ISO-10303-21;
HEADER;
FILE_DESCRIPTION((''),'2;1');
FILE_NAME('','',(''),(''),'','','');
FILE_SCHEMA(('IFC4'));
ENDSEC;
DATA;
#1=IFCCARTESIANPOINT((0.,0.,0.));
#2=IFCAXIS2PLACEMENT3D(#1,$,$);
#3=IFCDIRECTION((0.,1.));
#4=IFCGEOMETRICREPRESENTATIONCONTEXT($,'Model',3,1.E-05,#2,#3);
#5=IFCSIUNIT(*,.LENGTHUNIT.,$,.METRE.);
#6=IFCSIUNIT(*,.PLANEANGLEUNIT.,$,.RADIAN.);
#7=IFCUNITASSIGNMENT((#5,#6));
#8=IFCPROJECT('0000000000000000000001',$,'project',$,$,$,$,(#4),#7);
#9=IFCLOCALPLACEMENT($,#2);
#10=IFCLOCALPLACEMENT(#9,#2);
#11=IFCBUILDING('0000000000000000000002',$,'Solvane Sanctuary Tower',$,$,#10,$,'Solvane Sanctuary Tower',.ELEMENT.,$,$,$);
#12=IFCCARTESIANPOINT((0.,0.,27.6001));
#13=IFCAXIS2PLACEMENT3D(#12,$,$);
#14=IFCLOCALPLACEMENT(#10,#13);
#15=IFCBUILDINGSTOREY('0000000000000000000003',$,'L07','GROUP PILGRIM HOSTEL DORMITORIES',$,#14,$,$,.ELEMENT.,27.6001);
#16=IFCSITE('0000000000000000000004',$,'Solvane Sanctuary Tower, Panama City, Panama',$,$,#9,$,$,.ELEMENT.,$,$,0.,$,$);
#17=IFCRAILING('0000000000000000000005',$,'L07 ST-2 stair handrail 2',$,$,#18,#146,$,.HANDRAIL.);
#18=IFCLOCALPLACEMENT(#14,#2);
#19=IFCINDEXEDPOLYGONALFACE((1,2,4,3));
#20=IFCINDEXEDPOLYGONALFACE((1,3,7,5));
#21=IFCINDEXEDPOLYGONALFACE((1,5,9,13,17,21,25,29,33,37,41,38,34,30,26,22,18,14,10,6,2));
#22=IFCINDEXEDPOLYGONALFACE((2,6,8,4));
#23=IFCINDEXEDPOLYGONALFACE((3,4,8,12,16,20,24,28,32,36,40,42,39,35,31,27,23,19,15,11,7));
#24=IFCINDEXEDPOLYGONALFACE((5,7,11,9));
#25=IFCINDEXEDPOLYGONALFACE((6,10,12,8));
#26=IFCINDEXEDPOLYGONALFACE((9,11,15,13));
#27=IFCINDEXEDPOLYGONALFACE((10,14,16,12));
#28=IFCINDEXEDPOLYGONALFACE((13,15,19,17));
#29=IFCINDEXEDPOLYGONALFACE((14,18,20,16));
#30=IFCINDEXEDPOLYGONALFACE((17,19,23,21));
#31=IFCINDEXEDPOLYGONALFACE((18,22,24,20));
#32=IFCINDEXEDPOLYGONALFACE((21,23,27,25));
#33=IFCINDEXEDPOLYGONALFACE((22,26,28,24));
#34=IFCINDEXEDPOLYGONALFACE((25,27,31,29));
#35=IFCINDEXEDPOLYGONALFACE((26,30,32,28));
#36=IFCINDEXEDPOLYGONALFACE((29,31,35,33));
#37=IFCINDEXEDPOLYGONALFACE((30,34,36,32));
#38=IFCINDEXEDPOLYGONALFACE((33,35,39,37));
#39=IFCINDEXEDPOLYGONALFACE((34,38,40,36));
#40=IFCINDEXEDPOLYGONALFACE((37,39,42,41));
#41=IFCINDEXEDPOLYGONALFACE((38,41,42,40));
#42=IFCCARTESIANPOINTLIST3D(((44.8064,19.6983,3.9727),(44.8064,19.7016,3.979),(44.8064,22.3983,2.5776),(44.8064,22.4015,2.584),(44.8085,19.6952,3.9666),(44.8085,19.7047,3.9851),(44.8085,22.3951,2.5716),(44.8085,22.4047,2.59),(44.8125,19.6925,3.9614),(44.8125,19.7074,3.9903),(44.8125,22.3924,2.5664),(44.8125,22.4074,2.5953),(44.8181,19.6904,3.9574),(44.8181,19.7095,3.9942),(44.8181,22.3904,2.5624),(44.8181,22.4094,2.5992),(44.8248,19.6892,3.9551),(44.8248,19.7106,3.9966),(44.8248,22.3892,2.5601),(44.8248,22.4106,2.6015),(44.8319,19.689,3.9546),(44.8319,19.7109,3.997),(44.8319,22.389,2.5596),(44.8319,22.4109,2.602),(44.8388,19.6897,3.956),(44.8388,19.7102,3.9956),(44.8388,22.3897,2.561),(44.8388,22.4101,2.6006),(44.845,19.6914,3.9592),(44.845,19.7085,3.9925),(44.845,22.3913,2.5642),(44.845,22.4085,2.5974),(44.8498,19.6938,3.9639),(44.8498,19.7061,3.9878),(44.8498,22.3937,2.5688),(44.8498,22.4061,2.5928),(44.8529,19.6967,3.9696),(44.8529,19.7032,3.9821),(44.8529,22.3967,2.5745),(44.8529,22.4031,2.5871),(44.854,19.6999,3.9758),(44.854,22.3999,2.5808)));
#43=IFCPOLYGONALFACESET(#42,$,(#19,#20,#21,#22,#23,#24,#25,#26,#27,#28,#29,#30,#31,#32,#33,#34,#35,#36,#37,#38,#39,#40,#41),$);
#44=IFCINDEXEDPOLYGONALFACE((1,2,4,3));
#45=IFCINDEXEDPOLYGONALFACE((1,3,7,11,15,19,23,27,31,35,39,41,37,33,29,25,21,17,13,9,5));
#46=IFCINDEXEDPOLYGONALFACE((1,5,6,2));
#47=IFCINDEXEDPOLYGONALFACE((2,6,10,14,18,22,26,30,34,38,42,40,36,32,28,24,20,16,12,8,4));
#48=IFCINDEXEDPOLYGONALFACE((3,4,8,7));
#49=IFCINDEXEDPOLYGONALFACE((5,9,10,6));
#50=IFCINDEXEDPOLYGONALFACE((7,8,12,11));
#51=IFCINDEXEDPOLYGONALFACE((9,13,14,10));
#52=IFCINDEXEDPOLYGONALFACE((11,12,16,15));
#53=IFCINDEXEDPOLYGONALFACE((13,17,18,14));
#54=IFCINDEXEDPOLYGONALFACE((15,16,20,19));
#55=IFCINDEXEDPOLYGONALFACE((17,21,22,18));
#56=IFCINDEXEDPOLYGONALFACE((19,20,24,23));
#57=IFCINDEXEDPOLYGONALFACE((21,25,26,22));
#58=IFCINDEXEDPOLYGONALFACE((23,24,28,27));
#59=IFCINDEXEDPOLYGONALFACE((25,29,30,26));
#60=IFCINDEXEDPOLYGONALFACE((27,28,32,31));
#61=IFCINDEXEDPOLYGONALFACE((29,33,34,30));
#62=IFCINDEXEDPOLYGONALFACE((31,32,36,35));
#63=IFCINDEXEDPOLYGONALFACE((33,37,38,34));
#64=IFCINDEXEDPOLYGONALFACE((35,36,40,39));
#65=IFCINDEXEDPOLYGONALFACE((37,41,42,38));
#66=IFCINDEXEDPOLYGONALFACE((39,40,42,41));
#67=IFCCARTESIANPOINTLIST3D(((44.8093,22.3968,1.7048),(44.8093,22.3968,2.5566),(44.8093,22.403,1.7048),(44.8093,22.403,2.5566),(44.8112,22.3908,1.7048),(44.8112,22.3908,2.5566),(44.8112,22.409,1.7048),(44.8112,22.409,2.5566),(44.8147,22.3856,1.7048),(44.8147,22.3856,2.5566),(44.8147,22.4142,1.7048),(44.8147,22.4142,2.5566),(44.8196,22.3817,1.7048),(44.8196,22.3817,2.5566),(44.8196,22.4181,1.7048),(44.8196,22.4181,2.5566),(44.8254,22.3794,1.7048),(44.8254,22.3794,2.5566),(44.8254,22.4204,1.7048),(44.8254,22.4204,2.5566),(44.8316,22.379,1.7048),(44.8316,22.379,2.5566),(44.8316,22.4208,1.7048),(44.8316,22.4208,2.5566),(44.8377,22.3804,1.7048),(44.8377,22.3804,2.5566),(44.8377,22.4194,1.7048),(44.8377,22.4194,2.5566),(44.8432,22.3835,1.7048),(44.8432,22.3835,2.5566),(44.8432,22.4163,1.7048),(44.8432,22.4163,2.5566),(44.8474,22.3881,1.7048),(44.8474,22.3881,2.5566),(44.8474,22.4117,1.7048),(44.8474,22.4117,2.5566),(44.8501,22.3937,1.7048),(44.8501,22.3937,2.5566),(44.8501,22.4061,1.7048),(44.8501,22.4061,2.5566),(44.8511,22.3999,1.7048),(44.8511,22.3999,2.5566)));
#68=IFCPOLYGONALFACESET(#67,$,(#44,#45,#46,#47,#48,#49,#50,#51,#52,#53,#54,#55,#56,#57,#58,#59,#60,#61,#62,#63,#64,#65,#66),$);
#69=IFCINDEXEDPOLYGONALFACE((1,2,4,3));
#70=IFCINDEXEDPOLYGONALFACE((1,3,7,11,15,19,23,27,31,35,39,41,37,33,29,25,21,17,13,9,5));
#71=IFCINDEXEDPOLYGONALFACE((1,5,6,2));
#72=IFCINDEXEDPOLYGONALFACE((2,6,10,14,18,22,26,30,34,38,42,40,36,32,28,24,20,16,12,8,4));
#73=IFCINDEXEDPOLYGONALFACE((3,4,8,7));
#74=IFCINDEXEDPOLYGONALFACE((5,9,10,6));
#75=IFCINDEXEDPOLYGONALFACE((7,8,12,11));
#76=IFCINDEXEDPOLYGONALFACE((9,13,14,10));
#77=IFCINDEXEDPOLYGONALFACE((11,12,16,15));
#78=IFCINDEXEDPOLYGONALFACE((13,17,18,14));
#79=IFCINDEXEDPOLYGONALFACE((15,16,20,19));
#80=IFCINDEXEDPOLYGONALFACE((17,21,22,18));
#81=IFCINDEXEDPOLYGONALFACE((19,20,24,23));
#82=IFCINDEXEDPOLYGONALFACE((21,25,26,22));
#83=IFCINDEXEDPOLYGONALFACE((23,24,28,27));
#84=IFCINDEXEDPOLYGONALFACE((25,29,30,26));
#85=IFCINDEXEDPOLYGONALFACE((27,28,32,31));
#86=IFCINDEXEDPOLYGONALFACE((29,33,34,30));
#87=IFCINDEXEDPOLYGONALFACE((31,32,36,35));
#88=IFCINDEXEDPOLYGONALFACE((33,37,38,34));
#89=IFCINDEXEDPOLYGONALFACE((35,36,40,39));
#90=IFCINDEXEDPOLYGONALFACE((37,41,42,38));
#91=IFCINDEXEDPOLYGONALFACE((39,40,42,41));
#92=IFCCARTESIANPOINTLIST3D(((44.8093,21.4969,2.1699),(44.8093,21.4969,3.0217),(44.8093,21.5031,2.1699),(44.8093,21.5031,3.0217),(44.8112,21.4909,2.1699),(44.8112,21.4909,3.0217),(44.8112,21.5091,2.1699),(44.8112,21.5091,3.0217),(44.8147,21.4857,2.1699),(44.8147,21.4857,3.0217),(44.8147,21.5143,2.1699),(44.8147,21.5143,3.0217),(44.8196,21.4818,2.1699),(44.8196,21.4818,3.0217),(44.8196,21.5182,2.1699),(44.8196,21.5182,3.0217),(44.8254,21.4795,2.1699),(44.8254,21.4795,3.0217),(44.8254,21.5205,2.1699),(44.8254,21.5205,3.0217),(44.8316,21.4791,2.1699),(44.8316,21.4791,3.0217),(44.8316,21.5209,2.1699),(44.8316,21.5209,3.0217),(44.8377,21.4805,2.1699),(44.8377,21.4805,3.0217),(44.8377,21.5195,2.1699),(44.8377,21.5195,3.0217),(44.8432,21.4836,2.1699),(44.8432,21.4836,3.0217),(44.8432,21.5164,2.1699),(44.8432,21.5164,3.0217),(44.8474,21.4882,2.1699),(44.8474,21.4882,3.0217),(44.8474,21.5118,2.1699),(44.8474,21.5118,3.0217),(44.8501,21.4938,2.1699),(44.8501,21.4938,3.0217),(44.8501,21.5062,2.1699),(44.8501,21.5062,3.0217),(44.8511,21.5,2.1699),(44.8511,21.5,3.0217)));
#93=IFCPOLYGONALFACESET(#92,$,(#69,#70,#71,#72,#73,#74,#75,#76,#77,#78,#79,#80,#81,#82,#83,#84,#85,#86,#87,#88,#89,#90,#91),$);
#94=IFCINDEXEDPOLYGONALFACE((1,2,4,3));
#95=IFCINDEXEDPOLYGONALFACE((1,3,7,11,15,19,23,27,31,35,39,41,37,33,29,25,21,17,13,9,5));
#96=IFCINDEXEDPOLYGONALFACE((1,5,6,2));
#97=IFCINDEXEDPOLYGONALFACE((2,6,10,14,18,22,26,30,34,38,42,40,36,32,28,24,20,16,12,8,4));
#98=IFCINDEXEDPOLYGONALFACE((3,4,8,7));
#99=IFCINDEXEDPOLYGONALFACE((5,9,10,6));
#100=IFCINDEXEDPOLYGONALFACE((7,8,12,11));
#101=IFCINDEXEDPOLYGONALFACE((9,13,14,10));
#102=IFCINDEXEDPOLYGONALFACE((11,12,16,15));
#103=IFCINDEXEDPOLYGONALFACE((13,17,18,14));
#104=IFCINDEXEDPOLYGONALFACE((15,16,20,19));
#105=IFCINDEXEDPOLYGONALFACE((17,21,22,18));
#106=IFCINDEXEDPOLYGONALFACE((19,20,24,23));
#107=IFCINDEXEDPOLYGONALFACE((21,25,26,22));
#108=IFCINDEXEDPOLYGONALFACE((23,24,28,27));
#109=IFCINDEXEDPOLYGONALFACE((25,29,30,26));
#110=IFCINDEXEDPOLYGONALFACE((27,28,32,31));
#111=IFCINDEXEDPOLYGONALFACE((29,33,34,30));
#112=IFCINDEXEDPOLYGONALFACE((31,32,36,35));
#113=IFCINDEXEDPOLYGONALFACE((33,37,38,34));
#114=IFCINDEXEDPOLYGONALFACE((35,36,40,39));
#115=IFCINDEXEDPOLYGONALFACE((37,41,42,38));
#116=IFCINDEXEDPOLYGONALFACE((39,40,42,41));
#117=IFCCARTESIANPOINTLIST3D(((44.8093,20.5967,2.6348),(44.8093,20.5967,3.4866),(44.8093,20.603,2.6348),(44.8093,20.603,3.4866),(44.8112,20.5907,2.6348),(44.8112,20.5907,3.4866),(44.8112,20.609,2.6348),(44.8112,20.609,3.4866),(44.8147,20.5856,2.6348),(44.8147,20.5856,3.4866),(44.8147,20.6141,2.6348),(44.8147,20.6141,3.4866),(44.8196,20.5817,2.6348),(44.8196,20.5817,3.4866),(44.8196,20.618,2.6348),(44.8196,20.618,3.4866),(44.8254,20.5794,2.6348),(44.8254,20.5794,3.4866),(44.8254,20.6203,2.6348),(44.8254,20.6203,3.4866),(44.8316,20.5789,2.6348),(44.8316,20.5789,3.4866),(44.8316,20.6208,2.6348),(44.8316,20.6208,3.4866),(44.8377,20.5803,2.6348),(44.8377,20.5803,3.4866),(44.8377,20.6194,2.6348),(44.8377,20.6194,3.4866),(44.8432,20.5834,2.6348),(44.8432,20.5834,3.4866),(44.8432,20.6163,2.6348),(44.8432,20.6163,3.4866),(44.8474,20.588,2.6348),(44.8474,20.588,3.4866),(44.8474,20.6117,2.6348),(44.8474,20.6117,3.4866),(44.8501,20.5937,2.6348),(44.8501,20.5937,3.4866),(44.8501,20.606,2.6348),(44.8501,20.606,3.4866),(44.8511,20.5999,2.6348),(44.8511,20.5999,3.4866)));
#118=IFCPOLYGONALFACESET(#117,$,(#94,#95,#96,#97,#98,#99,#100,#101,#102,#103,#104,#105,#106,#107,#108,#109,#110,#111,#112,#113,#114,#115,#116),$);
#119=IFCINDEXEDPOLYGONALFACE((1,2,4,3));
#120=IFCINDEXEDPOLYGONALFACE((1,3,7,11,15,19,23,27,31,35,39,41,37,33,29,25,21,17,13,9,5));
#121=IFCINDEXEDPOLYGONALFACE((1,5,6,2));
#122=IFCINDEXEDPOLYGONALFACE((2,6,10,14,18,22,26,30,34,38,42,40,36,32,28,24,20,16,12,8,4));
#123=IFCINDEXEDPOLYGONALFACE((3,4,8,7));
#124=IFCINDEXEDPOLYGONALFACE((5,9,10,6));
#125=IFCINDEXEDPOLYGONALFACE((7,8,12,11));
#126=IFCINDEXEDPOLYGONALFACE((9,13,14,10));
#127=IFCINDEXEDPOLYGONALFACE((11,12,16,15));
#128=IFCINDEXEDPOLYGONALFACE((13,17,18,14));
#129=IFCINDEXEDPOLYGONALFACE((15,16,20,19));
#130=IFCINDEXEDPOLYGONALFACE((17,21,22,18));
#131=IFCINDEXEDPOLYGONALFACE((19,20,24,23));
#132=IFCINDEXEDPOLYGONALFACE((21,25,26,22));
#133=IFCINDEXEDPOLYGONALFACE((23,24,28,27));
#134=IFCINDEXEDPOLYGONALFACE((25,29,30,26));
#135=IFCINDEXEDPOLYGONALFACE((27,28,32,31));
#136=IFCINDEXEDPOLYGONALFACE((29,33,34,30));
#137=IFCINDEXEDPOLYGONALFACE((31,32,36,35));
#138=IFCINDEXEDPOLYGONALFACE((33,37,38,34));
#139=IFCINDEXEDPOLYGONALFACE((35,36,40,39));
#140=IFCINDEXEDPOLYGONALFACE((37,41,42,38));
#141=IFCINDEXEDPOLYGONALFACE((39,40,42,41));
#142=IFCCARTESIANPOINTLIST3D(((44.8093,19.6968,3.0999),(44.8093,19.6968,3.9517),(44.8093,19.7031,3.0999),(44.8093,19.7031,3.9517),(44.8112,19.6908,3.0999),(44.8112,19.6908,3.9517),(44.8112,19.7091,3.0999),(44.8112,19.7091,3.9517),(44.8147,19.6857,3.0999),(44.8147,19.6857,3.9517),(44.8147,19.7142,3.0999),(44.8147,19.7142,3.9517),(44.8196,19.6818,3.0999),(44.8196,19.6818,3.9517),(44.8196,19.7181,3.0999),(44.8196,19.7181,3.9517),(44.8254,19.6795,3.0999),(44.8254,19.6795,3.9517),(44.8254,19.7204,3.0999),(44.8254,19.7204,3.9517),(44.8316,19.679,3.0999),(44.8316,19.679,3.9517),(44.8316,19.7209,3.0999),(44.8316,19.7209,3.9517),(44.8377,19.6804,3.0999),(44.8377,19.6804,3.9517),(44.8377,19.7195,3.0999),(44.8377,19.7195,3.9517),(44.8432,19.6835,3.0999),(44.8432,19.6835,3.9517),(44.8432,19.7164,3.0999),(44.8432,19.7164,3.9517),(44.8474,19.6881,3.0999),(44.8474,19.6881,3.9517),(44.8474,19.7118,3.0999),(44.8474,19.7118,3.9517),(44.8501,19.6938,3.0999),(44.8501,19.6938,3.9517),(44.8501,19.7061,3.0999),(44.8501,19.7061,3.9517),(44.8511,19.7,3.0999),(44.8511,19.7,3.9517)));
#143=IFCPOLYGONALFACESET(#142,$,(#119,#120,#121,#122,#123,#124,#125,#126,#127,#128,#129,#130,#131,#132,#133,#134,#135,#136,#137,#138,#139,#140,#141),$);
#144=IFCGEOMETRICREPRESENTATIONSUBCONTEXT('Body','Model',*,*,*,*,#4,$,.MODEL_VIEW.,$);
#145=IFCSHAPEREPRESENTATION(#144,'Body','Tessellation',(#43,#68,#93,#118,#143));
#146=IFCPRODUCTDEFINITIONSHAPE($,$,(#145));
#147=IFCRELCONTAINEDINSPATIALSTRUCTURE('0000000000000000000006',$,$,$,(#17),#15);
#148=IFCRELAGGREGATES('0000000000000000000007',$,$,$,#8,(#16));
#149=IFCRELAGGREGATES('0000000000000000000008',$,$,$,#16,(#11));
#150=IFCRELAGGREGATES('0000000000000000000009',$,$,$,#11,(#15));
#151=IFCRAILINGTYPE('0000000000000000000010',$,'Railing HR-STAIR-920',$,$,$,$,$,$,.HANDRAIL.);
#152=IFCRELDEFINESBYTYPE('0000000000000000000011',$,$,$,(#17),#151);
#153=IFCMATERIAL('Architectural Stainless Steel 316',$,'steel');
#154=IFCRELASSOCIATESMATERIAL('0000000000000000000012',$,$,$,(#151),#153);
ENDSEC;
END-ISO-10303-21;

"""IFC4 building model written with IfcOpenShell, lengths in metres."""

from ifc_helpers import new_model, si_unit, direction, frame, origin, origin_2d, place, context, subcontext, project, spatial, circle, extrude, material, type_object, element, save


model = new_model("IFC4")

# Units and contexts
model_context = context("Model", 3, precision=1e-05, world=origin(), true_north=direction((0.0, 1.0)))
body_context = subcontext(model_context, "Body", "Model", "MODEL_VIEW")
ifc_project = project(units=[si_unit("LENGTHUNIT", "METRE"), si_unit("PLANEANGLEUNIT", "RADIAN")], contexts=[model_context])

# Site, building, storey
site_placement = place(None, origin())
site = spatial("IfcSite", under=ifc_project, at=site_placement, Name="Solvane Sanctuary Tower, Panama City, Panama", CompositionType="ELEMENT", RefElevation=0.0)
building_placement = place(site_placement, origin())
building = spatial("IfcBuilding", under=site, at=building_placement, Name="Solvane Sanctuary Tower", LongName="Solvane Sanctuary Tower", CompositionType="ELEMENT")
storey_placement = place(building_placement, frame((0.0, 0.0, 27.6001)))
storey = spatial("IfcBuildingStorey", under=building, at=storey_placement, Name="L07", Description="GROUP PILGRIM HOSTEL DORMITORIES", CompositionType="ELEMENT", Elevation=27.6001)

# Shared definitions
ifc_material_1 = material(Name="Architectural Stainless Steel 316", Category="steel")

# Railing
railing_type_1 = type_object("IfcRailingType", Name="Railing HR-STAIR-920", PredefinedType="HANDRAIL", material=ifc_material_1)
railing_1_placement = place(storey_placement, frame((44.8301, 22.3999, 1.7048)))
element("IfcRailing", 1, at=railing_1_placement, inside=storey, type_object=railing_type_1, Name="L07 ST-2 stair handrail 2", PredefinedType="HANDRAIL", context=body_context, shape_type="SweptSolid", body=[
    extrude(circle(Radius=0.0239, at=origin_2d()), frame((0.0, 0.0, 0.876), z_axis=(0.0, -0.88842, 0.459032), x_axis=(1.0, 0.0, 0.0)), (0.0, 0.0, 1.0), 3.0391),
    extrude(circle(Radius=0.021, at=origin_2d()), origin(), (0.0, 0.0, 1.0), 0.8518),
    extrude(circle(Radius=0.021, at=origin_2d()), frame((0.0, -0.8999, 0.4651)), (0.0, 0.0, 1.0), 0.8518),
    extrude(circle(Radius=0.021, at=origin_2d()), frame((0.0, -1.8, 0.9299)), (0.0, 0.0, 1.0), 0.8518),
    extrude(circle(Radius=0.021, at=origin_2d()), frame((0.0, -2.7, 1.395)), (0.0, 0.0, 1.0), 0.8518),
])

save(model, "model.ifc")
